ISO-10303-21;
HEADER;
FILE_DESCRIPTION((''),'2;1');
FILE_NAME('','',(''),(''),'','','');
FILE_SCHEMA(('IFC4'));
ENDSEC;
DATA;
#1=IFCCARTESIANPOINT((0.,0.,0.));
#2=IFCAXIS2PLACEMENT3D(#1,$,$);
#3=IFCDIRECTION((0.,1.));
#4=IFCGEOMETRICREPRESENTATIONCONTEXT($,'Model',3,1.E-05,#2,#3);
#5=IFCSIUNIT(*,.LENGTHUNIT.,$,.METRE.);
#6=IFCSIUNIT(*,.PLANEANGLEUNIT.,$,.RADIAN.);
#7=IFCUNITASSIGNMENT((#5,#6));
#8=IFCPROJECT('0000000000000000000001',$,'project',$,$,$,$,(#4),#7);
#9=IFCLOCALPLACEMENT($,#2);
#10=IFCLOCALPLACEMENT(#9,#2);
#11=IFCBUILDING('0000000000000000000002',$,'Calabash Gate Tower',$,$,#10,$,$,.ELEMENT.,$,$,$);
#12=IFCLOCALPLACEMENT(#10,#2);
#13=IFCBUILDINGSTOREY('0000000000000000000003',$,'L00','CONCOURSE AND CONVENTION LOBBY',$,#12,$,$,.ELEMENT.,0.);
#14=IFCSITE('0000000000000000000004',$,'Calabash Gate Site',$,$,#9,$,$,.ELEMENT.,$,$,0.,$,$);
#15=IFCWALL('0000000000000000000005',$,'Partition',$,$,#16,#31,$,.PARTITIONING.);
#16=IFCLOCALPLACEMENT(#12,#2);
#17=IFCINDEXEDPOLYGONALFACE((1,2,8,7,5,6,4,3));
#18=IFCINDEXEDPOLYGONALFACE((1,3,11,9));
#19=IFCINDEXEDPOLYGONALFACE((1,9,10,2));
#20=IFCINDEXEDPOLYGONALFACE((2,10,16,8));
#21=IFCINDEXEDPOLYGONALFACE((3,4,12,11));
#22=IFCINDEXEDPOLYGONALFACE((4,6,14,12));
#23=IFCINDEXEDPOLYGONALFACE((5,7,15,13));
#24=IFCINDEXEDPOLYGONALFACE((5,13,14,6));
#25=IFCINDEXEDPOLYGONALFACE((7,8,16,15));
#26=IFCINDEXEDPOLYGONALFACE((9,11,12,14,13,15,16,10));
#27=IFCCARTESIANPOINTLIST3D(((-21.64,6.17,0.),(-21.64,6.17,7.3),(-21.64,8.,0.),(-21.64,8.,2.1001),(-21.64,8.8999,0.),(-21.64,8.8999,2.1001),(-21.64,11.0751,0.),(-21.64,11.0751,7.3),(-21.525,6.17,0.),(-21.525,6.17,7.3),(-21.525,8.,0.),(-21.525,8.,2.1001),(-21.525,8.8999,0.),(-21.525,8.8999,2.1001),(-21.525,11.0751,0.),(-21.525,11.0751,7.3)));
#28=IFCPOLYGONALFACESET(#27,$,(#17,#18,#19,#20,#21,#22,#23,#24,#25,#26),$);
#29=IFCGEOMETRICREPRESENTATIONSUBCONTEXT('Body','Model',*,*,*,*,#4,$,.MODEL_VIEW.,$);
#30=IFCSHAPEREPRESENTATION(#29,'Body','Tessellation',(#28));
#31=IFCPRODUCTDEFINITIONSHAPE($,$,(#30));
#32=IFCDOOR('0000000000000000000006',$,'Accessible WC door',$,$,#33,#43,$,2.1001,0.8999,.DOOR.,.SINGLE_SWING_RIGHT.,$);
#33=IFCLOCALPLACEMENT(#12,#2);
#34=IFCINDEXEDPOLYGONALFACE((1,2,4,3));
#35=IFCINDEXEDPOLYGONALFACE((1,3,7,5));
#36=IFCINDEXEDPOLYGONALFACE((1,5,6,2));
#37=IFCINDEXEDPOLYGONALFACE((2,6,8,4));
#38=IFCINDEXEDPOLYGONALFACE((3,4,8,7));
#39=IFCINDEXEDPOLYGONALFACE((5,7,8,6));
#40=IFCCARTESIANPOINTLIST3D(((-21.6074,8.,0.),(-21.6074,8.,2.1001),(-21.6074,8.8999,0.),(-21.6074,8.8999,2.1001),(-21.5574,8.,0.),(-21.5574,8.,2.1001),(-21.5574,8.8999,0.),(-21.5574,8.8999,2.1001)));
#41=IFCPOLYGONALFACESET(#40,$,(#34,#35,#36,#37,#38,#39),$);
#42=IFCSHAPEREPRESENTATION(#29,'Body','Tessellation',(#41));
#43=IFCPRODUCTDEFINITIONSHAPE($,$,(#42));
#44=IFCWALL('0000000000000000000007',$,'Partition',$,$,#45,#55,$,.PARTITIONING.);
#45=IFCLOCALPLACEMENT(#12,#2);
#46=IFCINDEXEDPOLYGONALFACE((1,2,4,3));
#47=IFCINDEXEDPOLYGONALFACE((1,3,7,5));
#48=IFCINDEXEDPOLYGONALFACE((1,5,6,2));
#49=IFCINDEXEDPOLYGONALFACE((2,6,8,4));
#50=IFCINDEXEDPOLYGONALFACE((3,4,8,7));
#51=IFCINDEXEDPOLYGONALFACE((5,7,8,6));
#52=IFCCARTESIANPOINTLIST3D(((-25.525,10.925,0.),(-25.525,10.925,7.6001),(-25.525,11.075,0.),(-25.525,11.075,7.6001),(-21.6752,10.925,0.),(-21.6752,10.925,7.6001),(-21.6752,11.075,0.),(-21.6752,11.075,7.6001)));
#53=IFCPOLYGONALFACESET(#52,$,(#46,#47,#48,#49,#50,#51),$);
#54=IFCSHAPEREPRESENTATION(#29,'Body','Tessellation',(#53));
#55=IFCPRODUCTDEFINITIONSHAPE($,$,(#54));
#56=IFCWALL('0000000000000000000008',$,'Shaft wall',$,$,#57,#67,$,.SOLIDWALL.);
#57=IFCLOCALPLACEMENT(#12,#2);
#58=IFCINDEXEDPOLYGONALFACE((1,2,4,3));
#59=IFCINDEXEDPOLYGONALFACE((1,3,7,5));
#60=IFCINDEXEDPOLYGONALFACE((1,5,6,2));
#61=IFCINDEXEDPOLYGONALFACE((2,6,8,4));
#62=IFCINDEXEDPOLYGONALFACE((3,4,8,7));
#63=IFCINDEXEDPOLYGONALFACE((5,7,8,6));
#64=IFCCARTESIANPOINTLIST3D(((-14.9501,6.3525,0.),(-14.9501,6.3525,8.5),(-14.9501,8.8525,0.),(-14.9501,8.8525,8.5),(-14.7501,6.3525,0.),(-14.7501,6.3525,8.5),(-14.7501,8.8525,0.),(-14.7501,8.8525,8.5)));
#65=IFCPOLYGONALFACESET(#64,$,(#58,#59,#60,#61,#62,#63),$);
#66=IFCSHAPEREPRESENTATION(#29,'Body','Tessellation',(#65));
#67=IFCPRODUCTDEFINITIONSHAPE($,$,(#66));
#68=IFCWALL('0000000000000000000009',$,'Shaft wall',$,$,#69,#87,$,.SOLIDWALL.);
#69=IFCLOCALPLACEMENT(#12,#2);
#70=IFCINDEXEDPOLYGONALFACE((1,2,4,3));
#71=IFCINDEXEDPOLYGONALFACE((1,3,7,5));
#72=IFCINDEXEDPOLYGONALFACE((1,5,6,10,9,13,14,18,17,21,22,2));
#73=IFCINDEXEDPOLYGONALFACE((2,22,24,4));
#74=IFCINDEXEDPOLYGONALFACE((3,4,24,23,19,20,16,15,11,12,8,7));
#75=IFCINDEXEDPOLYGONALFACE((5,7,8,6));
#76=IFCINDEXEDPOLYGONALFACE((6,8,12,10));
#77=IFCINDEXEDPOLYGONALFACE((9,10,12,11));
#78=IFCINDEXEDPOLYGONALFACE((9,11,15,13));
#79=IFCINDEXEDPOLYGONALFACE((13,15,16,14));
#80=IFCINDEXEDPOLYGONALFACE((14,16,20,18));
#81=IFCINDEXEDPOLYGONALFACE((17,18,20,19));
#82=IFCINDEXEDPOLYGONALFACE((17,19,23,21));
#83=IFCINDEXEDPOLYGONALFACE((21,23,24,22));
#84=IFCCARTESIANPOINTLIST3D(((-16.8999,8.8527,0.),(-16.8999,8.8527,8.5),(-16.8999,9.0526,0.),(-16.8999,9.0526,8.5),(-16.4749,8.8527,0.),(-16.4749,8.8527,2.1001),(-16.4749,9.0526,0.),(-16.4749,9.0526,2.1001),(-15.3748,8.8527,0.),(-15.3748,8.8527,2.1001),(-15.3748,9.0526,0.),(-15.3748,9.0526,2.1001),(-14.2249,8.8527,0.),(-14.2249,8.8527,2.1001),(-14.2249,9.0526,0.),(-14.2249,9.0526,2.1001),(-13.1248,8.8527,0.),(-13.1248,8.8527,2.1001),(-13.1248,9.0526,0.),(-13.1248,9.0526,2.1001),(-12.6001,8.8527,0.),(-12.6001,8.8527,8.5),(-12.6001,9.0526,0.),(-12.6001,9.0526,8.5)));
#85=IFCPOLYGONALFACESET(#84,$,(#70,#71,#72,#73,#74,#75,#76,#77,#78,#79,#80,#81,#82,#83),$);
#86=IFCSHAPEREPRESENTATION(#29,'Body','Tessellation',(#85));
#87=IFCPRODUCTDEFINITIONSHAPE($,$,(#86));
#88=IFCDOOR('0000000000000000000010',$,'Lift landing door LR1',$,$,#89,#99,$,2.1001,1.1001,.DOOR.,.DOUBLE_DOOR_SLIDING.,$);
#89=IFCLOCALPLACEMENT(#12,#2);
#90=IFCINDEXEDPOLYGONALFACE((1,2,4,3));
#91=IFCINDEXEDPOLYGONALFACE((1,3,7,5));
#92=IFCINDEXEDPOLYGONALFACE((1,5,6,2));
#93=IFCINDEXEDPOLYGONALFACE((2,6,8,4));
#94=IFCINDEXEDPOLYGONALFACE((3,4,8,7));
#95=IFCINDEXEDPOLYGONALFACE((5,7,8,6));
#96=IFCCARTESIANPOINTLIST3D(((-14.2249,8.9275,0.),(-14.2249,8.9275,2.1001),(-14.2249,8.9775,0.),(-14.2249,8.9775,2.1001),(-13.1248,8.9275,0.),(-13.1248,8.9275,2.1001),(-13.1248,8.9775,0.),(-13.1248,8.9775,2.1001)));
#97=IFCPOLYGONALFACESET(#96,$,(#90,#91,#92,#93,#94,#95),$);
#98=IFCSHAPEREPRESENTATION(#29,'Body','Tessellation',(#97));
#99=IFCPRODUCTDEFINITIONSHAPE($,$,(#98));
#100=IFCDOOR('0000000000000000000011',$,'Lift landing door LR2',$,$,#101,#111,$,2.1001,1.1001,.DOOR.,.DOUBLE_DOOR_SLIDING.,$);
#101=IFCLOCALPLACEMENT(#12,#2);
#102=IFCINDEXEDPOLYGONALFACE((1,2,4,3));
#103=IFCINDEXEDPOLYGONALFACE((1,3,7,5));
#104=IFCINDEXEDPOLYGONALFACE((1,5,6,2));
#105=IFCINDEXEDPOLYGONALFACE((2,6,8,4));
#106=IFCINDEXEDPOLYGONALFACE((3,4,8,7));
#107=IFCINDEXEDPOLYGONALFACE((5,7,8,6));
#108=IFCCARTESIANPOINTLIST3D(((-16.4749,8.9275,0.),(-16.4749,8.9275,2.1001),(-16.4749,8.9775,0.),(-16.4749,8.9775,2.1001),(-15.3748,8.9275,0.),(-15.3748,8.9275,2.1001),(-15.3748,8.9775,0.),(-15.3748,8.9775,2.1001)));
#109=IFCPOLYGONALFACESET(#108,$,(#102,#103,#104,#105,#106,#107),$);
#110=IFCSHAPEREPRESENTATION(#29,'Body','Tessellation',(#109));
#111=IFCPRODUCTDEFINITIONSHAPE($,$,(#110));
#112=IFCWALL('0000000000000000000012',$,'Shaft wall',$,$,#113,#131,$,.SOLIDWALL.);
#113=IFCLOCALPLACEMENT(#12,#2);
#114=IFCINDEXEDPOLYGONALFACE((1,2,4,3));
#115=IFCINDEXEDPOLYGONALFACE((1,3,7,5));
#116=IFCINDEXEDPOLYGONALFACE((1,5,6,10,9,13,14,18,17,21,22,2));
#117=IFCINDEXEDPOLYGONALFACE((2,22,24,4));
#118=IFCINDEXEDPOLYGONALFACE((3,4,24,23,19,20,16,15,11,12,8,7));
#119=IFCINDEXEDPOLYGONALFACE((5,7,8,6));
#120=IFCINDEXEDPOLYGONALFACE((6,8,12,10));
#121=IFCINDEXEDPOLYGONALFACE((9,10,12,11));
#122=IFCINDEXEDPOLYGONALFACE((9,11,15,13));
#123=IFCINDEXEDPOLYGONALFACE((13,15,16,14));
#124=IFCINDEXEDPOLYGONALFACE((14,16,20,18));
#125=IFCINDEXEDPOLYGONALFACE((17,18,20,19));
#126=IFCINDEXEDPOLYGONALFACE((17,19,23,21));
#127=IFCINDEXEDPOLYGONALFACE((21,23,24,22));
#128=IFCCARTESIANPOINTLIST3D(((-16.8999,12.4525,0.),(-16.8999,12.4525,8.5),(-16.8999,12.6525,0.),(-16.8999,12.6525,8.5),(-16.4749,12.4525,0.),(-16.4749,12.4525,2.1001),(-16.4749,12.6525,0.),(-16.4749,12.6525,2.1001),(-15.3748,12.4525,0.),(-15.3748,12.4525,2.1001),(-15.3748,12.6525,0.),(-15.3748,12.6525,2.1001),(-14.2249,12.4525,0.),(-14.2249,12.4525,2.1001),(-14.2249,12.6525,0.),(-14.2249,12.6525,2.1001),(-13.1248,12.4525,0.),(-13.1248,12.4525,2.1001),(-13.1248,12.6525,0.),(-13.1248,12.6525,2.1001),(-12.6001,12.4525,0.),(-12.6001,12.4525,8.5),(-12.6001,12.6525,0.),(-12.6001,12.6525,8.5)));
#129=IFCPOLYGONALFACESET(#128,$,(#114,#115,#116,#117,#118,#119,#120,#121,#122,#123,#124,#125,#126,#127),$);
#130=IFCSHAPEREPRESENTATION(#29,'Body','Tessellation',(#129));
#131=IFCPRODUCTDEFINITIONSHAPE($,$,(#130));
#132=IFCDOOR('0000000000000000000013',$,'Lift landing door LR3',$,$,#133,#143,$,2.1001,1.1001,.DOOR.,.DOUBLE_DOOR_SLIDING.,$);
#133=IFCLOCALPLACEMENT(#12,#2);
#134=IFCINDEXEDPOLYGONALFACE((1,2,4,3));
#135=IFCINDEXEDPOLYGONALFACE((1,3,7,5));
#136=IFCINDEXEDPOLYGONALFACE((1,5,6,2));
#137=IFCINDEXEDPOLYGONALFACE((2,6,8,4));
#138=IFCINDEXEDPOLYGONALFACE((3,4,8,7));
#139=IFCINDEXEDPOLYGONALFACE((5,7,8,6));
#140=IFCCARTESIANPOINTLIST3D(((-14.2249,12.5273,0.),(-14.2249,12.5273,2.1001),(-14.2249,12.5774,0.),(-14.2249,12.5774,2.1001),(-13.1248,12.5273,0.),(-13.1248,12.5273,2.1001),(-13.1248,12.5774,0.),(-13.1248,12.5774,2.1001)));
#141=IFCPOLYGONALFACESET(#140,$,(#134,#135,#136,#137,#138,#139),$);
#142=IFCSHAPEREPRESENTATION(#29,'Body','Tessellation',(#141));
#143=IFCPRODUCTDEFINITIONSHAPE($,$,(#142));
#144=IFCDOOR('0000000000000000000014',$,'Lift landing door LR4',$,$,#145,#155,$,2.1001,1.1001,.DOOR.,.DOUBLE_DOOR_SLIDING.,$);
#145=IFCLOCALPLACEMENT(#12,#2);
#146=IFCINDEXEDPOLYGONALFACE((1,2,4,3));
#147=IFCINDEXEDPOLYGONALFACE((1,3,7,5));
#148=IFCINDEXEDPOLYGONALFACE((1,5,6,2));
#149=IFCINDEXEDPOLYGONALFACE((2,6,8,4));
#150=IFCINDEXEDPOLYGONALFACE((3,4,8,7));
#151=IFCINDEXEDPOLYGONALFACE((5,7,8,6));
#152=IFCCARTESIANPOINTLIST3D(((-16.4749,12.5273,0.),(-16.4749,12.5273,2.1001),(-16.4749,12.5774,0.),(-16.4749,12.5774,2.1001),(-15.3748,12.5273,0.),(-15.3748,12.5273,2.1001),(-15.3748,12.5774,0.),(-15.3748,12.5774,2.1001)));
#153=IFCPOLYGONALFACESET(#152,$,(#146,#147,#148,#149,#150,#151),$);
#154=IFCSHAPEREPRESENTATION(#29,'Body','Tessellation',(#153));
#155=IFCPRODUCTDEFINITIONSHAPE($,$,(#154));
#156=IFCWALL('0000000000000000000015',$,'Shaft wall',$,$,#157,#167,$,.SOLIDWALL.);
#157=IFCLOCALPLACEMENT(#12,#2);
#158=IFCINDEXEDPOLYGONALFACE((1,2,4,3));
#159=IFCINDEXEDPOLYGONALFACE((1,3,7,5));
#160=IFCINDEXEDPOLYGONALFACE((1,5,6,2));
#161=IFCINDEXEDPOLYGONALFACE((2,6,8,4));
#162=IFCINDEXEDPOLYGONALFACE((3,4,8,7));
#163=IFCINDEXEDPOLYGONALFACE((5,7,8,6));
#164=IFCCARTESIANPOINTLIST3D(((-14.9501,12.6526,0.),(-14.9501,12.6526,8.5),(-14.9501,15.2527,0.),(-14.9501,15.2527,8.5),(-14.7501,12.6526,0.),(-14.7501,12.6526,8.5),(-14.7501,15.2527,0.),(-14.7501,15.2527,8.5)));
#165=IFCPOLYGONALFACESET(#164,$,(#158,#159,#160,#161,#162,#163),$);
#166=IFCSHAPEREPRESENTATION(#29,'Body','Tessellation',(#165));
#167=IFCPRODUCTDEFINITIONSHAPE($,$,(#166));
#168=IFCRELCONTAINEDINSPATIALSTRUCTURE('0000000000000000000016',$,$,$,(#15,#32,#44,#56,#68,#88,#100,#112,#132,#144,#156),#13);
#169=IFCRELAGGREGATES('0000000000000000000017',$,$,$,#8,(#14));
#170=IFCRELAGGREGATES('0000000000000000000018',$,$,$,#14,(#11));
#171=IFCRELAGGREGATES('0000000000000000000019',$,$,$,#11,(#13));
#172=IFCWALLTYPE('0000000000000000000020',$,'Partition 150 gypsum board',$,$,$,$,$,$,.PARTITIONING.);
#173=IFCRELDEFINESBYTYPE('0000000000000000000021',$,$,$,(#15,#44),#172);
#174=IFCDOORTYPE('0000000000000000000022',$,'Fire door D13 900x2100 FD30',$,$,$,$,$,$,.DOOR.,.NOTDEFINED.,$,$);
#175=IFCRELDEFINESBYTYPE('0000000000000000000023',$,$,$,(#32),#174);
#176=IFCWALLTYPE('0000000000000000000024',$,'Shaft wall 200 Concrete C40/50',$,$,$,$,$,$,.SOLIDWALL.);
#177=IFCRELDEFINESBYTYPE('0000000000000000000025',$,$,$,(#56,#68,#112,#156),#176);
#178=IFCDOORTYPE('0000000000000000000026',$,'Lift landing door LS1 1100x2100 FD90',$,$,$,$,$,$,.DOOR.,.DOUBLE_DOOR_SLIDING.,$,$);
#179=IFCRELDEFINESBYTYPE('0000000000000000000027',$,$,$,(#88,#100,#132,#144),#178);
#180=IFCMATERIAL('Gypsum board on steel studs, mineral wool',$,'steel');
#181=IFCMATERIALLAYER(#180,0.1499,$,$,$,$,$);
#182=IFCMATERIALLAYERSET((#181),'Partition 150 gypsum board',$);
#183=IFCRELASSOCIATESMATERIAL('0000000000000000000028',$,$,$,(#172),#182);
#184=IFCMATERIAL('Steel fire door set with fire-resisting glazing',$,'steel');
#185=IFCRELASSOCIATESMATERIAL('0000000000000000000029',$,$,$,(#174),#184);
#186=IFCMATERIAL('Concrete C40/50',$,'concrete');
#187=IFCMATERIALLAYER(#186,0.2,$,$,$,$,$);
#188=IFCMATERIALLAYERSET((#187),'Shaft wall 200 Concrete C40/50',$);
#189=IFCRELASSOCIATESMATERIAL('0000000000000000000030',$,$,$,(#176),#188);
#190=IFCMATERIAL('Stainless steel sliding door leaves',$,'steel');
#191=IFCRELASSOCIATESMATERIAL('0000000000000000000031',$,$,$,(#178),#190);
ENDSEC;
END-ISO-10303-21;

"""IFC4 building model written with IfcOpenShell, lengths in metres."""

from ifc_helpers import new_model, si_unit, direction, frame, frame_2d, origin, place, context, subcontext, project, spatial, rectangle, extrude, material, layer, layer_set, type_object, element, fill, save


model = new_model("IFC4")

# Units and contexts
model_context = context("Model", 3, precision=1e-05, world=origin(), true_north=direction((0.0, 1.0)))
body_context = subcontext(model_context, "Body", "Model", "MODEL_VIEW")
ifc_project = project(units=[si_unit("LENGTHUNIT", "METRE"), si_unit("PLANEANGLEUNIT", "RADIAN")], contexts=[model_context])

# Site, building, storey
site_placement = place(None, origin())
site = spatial("IfcSite", under=ifc_project, at=site_placement, Name="Calabash Gate Site", CompositionType="ELEMENT", RefElevation=0.0)
building_placement = place(site_placement, origin())
building = spatial("IfcBuilding", under=site, at=building_placement, Name="Calabash Gate Tower", CompositionType="ELEMENT")
storey_placement = place(building_placement, origin())
storey = spatial("IfcBuildingStorey", under=building, at=storey_placement, Name="L00", Description="CONCOURSE AND CONVENTION LOBBY", CompositionType="ELEMENT", Elevation=0.0)

# Wall, opening, door
ifc_material_1 = material(Name="Gypsum board on steel studs, mineral wool", Category="steel")
ifc_layer_1 = layer(ifc_material_1, 0.1499)
ifc_layer_set_1 = layer_set([ifc_layer_1], Name="Partition 150 gypsum board")
wall_type_1 = type_object("IfcWallType", Name="Partition 150 gypsum board", PredefinedType="PARTITIONING", material=ifc_layer_set_1)
wall_1_placement = place(storey_placement, frame((-21.5825, 6.1699, 0.0), z_axis=(0.0, 0.0, 1.0), x_axis=(0.0, 1.0, 0.0)))
wall_1 = element("IfcWall", 1, at=wall_1_placement, inside=storey, type_object=wall_type_1, Name="Partition", PredefinedType="PARTITIONING", context=body_context, shape_type="SweptSolid", body=[
    extrude(rectangle(XDim=4.905, YDim=0.115, at=frame_2d((2.4526, 0.0))), origin(), (0.0, 0.0, 1.0), 7.3),
])
opening_1_placement = place(wall_1_placement, frame((1.8301, 0.0, 0.0)))
opening_1 = element("IfcOpeningElement", 2, at=opening_1_placement, cuts=wall_1, PredefinedType="OPENING", context=body_context, shape_type="SweptSolid", body=[
    extrude(rectangle(XDim=0.8999, YDim=2.1001, at=frame_2d((0.45, 1.05))), frame((0.0, 0.0674, 0.0), z_axis=(0.0, -1.0, 0.0), x_axis=(1.0, 0.0, 0.0)), (0.0, 0.0, 1.0), 0.135),
])
ifc_material_2 = material(Name="Steel fire door set with fire-resisting glazing", Category="steel")
door_type_1 = type_object("IfcDoorType", Name="Fire door D13 900x2100 FD30", OperationType="NOTDEFINED", PredefinedType="DOOR", material=ifc_material_2)
door_1_placement = place(opening_1_placement, origin())
door_1 = element("IfcDoor", 3, at=door_1_placement, inside=storey, type_object=door_type_1, Name="Accessible WC door", OperationType="SINGLE_SWING_RIGHT", OverallHeight=2.1001, OverallWidth=0.8999, PredefinedType="DOOR", context=body_context, shape_type="SweptSolid", body=[
    extrude(rectangle(XDim=0.8999, YDim=2.1001, at=frame_2d((0.45, 1.05))), frame((0.0, 0.0249, 0.0), z_axis=(0.0, -1.0, 0.0), x_axis=(1.0, 0.0, 0.0)), (0.0, 0.0, 1.0), 0.05),
])
fill(opening_1, door_1)

# Walls
wall_2_placement = place(storey_placement, frame((-25.5249, 11.0, 0.0), z_axis=(0.0, 0.0, 1.0), x_axis=(1.0, 0.0, 0.0)))
element("IfcWall", 4, at=wall_2_placement, inside=storey, type_object=wall_type_1, Name="Partition", PredefinedType="PARTITIONING", context=body_context, shape_type="SweptSolid", body=[
    extrude(rectangle(XDim=3.8499, YDim=0.1499, at=frame_2d((1.9248, 0.0))), origin(), (0.0, 0.0, 1.0), 7.6001),
])
ifc_material_3 = material(Name="Concrete C40/50", Category="concrete")
ifc_layer_2 = layer(ifc_material_3, 0.2)
ifc_layer_set_2 = layer_set([ifc_layer_2], Name="Shaft wall 200 Concrete C40/50")
wall_type_2 = type_object("IfcWallType", Name="Shaft wall 200 Concrete C40/50", PredefinedType="SOLIDWALL", material=ifc_layer_set_2)
wall_3_placement = place(storey_placement, frame((-14.8501, 6.3525, 0.0), z_axis=(0.0, 0.0, 1.0), x_axis=(0.0, 1.0, 0.0)))
element("IfcWall", 5, at=wall_3_placement, inside=storey, type_object=wall_type_2, Name="Shaft wall", PredefinedType="SOLIDWALL", context=body_context, shape_type="SweptSolid", body=[
    extrude(rectangle(XDim=2.5, YDim=0.2, at=frame_2d((1.25, 0.0))), origin(), (0.0, 0.0, 1.0), 8.5),
])

# Walls, openings, doors
wall_4_placement = place(storey_placement, frame((-16.8999, 8.9526, 0.0), z_axis=(0.0, 0.0, 1.0), x_axis=(1.0, 0.0, 0.0)))
wall_4 = element("IfcWall", 6, at=wall_4_placement, inside=storey, type_object=wall_type_2, Name="Shaft wall", PredefinedType="SOLIDWALL", context=body_context, shape_type="SweptSolid", body=[
    extrude(rectangle(XDim=4.2998, YDim=0.2, at=frame_2d((2.1499, 0.0))), origin(), (0.0, 0.0, 1.0), 8.5),
])
opening_2_placement = place(wall_4_placement, frame((2.675, 0.0, 0.0)))
opening_2 = element("IfcOpeningElement", 7, at=opening_2_placement, cuts=wall_4, PredefinedType="OPENING", context=body_context, shape_type="SweptSolid", body=[
    extrude(rectangle(XDim=1.1001, YDim=2.1001, at=frame_2d((0.55, 1.05))), frame((0.0, 0.1099, 0.0), z_axis=(0.0, -1.0, 0.0), x_axis=(1.0, 0.0, 0.0)), (0.0, 0.0, 1.0), 0.22),
])
opening_3_placement = place(wall_4_placement, frame((0.425, 0.0, 0.0)))
opening_3 = element("IfcOpeningElement", 8, at=opening_3_placement, cuts=wall_4, PredefinedType="OPENING", context=body_context, shape_type="SweptSolid", body=[
    extrude(rectangle(XDim=1.1001, YDim=2.1001, at=frame_2d((0.55, 1.05))), frame((0.0, 0.1099, 0.0), z_axis=(0.0, -1.0, 0.0), x_axis=(1.0, 0.0, 0.0)), (0.0, 0.0, 1.0), 0.22),
])
ifc_material_4 = material(Name="Stainless steel sliding door leaves", Category="steel")
door_type_2 = type_object("IfcDoorType", Name="Lift landing door LS1 1100x2100 FD90", OperationType="DOUBLE_DOOR_SLIDING", PredefinedType="DOOR", material=ifc_material_4)
door_2_placement = place(opening_2_placement, origin())
door_2 = element("IfcDoor", 9, at=door_2_placement, inside=storey, type_object=door_type_2, Name="Lift landing door LR1", OperationType="DOUBLE_DOOR_SLIDING", OverallHeight=2.1001, OverallWidth=1.1001, PredefinedType="DOOR", context=body_context, shape_type="SweptSolid", body=[
    extrude(rectangle(XDim=1.1001, YDim=2.1001, at=frame_2d((0.55, 1.05))), frame((0.0, 0.0249, 0.0), z_axis=(0.0, -1.0, 0.0), x_axis=(1.0, 0.0, 0.0)), (0.0, 0.0, 1.0), 0.05),
])
fill(opening_2, door_2)
door_3_placement = place(opening_3_placement, origin())
door_3 = element("IfcDoor", 10, at=door_3_placement, inside=storey, type_object=door_type_2, Name="Lift landing door LR2", OperationType="DOUBLE_DOOR_SLIDING", OverallHeight=2.1001, OverallWidth=1.1001, PredefinedType="DOOR", context=body_context, shape_type="SweptSolid", body=[
    extrude(rectangle(XDim=1.1001, YDim=2.1001, at=frame_2d((0.55, 1.05))), frame((0.0, 0.0249, 0.0), z_axis=(0.0, -1.0, 0.0), x_axis=(1.0, 0.0, 0.0)), (0.0, 0.0, 1.0), 0.05),
])
fill(opening_3, door_3)
wall_5_placement = place(storey_placement, frame((-16.8999, 12.5525, 0.0), z_axis=(0.0, 0.0, 1.0), x_axis=(1.0, 0.0, 0.0)))
wall_5 = element("IfcWall", 11, at=wall_5_placement, inside=storey, type_object=wall_type_2, Name="Shaft wall", PredefinedType="SOLIDWALL", context=body_context, shape_type="SweptSolid", body=[
    extrude(rectangle(XDim=4.2998, YDim=0.2, at=frame_2d((2.1499, 0.0))), origin(), (0.0, 0.0, 1.0), 8.5),
])
opening_4_placement = place(wall_5_placement, frame((2.675, 0.0, 0.0)))
opening_4 = element("IfcOpeningElement", 12, at=opening_4_placement, cuts=wall_5, PredefinedType="OPENING", context=body_context, shape_type="SweptSolid", body=[
    extrude(rectangle(XDim=1.1001, YDim=2.1001, at=frame_2d((0.55, 1.05))), frame((0.0, 0.1099, 0.0), z_axis=(0.0, -1.0, 0.0), x_axis=(1.0, 0.0, 0.0)), (0.0, 0.0, 1.0), 0.22),
])
opening_5_placement = place(wall_5_placement, frame((0.425, 0.0, 0.0)))
opening_5 = element("IfcOpeningElement", 13, at=opening_5_placement, cuts=wall_5, PredefinedType="OPENING", context=body_context, shape_type="SweptSolid", body=[
    extrude(rectangle(XDim=1.1001, YDim=2.1001, at=frame_2d((0.55, 1.05))), frame((0.0, 0.1099, 0.0), z_axis=(0.0, -1.0, 0.0), x_axis=(1.0, 0.0, 0.0)), (0.0, 0.0, 1.0), 0.22),
])
door_4_placement = place(opening_4_placement, origin())
door_4 = element("IfcDoor", 14, at=door_4_placement, inside=storey, type_object=door_type_2, Name="Lift landing door LR3", OperationType="DOUBLE_DOOR_SLIDING", OverallHeight=2.1001, OverallWidth=1.1001, PredefinedType="DOOR", context=body_context, shape_type="SweptSolid", body=[
    extrude(rectangle(XDim=1.1001, YDim=2.1001, at=frame_2d((0.55, 1.05))), frame((0.0, 0.0249, 0.0), z_axis=(0.0, -1.0, 0.0), x_axis=(1.0, 0.0, 0.0)), (0.0, 0.0, 1.0), 0.05),
])
fill(opening_4, door_4)
door_5_placement = place(opening_5_placement, origin())
door_5 = element("IfcDoor", 15, at=door_5_placement, inside=storey, type_object=door_type_2, Name="Lift landing door LR4", OperationType="DOUBLE_DOOR_SLIDING", OverallHeight=2.1001, OverallWidth=1.1001, PredefinedType="DOOR", context=body_context, shape_type="SweptSolid", body=[
    extrude(rectangle(XDim=1.1001, YDim=2.1001, at=frame_2d((0.55, 1.05))), frame((0.0, 0.0249, 0.0), z_axis=(0.0, -1.0, 0.0), x_axis=(1.0, 0.0, 0.0)), (0.0, 0.0, 1.0), 0.05),
])
fill(opening_5, door_5)

# Wall
wall_6_placement = place(storey_placement, frame((-14.8501, 12.6526, 0.0), z_axis=(0.0, 0.0, 1.0), x_axis=(0.0, 1.0, 0.0)))
element("IfcWall", 16, at=wall_6_placement, inside=storey, type_object=wall_type_2, Name="Shaft wall", PredefinedType="SOLIDWALL", context=body_context, shape_type="SweptSolid", body=[
    extrude(rectangle(XDim=2.6001, YDim=0.2, at=frame_2d((1.3, 0.0))), origin(), (0.0, 0.0, 1.0), 8.5),
])

save(model, "model.ifc")
